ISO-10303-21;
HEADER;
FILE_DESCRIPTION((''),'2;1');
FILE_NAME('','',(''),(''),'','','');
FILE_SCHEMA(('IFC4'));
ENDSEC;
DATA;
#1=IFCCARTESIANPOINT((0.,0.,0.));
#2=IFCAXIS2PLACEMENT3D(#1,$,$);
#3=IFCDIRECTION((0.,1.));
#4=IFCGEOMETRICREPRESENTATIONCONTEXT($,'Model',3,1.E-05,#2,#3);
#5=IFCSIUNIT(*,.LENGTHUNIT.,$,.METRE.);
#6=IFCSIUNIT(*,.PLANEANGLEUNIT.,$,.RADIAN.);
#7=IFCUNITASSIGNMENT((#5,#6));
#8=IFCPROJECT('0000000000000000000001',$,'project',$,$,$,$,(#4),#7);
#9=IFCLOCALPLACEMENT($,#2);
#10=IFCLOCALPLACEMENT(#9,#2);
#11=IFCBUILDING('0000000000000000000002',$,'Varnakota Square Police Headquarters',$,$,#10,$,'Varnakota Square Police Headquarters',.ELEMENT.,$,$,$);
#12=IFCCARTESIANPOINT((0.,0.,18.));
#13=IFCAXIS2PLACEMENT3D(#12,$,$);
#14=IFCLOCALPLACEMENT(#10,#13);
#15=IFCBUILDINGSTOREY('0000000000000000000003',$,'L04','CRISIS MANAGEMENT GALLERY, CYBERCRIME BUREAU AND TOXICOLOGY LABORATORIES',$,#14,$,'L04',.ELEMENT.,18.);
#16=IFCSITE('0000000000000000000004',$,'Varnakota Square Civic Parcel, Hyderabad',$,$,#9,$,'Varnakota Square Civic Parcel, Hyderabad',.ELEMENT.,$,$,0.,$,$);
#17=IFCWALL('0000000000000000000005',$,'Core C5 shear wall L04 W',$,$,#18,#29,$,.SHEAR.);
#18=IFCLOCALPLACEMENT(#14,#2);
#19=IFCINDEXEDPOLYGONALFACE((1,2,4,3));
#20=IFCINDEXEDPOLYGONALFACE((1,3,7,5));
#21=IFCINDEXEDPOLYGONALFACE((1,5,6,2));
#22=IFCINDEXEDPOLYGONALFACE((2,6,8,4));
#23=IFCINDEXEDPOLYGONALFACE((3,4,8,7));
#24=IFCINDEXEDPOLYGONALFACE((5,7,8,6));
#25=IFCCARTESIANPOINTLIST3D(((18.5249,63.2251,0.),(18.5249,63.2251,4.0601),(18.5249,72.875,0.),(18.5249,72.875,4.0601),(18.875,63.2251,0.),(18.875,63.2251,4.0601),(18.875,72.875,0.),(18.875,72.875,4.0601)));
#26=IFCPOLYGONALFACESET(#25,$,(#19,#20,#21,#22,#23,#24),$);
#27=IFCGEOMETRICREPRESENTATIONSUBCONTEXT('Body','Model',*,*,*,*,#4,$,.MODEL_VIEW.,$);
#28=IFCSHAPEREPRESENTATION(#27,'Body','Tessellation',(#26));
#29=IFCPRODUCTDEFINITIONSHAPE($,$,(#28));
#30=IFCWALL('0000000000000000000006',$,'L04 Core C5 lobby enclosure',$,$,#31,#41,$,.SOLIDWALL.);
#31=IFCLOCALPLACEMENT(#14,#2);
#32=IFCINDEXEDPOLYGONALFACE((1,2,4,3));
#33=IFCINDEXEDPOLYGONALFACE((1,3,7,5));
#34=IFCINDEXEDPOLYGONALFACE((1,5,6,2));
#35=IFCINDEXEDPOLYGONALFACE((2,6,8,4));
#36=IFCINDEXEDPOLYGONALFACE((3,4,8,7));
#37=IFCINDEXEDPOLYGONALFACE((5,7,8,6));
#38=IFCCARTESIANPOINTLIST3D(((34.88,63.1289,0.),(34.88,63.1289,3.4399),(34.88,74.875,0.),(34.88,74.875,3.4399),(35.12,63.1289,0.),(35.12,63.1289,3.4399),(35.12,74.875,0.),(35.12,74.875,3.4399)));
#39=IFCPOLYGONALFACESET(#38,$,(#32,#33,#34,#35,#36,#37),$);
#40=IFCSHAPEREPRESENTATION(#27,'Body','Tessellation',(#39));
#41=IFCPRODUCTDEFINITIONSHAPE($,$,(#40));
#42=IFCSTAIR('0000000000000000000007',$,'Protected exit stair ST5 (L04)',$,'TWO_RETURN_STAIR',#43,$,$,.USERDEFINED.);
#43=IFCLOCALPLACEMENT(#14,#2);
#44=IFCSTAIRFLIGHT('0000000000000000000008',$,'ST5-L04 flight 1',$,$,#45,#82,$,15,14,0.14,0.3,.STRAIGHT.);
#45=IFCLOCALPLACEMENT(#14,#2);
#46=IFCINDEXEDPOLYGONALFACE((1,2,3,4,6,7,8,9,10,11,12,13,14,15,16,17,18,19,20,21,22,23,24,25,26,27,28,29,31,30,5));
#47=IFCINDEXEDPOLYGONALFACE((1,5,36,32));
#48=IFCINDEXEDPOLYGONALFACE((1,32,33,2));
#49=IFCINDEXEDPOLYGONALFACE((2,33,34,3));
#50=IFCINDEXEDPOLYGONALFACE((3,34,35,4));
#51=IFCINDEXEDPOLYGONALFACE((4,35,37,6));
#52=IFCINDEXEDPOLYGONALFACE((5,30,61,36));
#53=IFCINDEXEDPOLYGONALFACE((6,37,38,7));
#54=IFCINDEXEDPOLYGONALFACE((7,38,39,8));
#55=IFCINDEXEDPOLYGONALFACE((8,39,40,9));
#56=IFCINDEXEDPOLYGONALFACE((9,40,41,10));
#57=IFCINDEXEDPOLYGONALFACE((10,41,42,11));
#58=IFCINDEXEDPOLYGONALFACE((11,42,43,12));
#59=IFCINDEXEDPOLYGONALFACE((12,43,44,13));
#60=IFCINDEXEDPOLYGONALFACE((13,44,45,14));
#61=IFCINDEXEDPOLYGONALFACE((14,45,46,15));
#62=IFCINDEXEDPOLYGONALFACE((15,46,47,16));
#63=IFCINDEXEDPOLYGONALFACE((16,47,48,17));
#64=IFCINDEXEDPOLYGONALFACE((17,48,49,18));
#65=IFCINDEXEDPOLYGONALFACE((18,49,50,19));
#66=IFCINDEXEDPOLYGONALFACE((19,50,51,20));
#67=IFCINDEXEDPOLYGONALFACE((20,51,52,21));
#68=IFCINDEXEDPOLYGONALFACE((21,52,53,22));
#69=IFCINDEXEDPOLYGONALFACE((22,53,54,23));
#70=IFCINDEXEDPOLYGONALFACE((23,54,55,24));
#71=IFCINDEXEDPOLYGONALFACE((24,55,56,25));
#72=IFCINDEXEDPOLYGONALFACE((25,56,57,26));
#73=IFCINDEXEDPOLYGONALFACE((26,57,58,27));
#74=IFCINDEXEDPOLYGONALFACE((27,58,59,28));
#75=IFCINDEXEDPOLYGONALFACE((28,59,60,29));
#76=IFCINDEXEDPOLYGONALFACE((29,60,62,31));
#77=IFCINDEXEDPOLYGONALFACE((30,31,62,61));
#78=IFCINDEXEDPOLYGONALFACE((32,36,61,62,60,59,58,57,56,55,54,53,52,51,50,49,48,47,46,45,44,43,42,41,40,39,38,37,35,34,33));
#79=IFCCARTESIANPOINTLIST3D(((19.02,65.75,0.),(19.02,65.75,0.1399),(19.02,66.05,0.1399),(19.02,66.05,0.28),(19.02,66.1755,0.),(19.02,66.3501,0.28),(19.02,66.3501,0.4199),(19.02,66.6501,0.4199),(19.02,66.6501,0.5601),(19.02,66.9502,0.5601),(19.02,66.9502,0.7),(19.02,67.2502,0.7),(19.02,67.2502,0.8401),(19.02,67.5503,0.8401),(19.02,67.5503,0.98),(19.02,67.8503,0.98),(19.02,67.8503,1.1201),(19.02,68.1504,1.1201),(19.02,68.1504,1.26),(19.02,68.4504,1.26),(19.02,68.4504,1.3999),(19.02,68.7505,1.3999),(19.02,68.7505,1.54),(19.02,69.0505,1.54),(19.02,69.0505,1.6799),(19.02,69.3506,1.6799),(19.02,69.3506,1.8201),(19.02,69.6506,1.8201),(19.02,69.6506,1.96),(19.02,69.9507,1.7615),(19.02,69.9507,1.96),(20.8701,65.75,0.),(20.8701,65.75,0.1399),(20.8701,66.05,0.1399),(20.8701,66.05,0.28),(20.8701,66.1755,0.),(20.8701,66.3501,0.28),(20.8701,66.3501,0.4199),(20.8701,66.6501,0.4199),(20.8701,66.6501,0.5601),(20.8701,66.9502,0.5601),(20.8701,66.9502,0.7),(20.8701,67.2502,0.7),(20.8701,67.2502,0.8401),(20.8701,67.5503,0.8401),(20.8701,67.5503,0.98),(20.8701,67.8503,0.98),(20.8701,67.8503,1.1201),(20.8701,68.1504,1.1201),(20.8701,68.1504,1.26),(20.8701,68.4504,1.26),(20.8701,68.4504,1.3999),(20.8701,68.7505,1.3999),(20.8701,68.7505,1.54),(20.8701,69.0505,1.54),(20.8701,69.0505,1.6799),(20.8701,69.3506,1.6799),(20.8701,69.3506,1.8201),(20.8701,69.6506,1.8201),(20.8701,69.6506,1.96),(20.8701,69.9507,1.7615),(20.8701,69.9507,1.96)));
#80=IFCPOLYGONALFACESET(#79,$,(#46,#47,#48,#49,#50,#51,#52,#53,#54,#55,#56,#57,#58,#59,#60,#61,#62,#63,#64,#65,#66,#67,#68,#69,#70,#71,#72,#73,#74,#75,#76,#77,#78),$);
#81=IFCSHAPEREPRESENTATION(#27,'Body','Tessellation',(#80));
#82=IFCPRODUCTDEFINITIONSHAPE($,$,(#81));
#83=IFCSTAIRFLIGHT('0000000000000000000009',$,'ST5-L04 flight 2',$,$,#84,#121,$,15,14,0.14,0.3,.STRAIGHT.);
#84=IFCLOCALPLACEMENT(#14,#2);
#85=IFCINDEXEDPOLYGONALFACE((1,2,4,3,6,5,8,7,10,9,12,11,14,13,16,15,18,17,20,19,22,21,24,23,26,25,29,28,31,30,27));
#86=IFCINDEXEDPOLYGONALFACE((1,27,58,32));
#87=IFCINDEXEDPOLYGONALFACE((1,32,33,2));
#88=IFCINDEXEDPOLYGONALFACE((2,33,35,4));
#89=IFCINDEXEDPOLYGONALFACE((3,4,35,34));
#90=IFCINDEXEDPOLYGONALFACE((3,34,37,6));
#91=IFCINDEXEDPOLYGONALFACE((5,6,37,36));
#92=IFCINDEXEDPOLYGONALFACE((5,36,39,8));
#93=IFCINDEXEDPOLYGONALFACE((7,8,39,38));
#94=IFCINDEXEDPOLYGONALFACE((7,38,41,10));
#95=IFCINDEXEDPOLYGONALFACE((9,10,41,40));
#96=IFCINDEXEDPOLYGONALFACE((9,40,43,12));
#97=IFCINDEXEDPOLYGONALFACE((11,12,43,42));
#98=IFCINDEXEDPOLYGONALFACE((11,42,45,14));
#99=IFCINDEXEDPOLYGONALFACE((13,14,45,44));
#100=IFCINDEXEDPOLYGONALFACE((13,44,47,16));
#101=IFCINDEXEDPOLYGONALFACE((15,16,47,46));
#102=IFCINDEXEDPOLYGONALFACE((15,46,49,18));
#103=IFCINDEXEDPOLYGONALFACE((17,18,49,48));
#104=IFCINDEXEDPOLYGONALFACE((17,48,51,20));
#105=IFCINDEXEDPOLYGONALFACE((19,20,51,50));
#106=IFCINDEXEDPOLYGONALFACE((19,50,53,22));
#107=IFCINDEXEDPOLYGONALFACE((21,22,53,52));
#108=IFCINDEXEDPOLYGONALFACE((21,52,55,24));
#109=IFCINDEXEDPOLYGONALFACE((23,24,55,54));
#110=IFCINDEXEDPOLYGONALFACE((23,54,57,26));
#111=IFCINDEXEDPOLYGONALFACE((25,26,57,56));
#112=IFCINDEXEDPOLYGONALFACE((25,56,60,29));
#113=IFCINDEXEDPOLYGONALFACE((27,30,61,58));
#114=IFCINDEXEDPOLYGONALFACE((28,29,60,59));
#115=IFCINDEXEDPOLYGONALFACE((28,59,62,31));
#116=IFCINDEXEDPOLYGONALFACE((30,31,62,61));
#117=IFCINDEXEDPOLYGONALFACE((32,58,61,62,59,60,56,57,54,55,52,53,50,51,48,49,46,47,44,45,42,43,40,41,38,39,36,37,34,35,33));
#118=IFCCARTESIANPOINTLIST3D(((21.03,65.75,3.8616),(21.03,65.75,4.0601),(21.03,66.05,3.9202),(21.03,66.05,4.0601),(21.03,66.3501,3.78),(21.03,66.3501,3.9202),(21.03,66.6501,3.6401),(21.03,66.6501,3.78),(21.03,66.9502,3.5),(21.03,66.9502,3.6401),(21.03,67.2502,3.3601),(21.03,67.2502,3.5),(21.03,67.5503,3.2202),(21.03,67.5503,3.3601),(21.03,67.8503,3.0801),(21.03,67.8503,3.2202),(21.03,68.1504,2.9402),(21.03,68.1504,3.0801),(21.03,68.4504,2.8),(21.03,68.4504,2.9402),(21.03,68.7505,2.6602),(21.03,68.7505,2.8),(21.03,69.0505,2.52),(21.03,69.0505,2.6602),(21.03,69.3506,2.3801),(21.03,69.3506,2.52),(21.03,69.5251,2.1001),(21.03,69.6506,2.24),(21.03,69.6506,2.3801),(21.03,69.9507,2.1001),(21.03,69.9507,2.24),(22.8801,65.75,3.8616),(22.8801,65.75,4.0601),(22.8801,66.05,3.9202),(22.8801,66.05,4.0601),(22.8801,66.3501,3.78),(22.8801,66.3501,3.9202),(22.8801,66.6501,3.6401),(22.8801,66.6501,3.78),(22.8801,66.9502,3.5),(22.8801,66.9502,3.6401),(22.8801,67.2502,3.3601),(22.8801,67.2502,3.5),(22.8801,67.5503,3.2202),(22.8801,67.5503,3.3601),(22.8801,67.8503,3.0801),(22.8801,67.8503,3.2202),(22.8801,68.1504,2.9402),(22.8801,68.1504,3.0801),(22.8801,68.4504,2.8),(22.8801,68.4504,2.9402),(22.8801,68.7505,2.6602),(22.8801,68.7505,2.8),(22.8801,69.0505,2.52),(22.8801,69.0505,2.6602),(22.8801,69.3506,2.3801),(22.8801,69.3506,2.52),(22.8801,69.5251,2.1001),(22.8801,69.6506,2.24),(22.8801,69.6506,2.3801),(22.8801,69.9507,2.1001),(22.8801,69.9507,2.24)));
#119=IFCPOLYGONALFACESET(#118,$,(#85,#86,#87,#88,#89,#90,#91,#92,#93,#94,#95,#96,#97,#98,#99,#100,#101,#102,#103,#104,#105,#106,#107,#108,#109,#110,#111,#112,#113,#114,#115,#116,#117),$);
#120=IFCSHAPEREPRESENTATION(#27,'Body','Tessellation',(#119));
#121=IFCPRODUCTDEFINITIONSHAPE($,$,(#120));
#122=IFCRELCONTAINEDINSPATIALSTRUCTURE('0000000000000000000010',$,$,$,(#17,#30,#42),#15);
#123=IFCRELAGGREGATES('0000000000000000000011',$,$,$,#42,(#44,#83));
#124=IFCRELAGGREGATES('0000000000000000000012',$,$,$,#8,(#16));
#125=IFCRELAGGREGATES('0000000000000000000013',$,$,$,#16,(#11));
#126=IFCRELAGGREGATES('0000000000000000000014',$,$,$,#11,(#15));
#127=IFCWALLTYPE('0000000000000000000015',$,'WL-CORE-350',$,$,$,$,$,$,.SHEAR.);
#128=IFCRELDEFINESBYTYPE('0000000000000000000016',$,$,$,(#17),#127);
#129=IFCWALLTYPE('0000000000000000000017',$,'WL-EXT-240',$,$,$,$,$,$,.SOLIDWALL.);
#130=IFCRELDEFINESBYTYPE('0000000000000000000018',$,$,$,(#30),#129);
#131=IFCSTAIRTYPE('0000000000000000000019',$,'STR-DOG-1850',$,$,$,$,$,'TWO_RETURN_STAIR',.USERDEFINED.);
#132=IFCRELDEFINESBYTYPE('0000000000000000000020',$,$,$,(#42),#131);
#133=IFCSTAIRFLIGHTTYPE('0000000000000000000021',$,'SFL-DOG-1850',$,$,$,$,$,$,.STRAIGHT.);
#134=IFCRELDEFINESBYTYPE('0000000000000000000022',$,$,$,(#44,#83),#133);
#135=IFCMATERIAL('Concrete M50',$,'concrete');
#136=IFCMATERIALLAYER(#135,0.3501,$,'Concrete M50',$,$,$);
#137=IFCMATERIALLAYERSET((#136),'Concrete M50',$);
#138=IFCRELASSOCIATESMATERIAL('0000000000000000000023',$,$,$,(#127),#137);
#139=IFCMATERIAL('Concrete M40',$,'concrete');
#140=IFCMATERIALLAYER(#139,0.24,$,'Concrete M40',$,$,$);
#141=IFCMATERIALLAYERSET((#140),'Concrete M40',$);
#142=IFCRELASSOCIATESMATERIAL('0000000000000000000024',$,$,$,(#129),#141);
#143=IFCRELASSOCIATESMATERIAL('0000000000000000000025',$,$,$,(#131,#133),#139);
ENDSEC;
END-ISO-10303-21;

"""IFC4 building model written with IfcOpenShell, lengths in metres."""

from ifc_helpers import new_model, si_unit, direction, frame, frame_2d, origin, place, context, subcontext, project, spatial, polyline, rectangle, outline, extrude, material, layer, layer_set, type_object, element, aggregate, save


model = new_model("IFC4")

# Units and contexts
model_context = context("Model", 3, precision=1e-05, world=origin(), true_north=direction((0.0, 1.0)))
body_context = subcontext(model_context, "Body", "Model", "MODEL_VIEW")
ifc_project = project(units=[si_unit("LENGTHUNIT", "METRE"), si_unit("PLANEANGLEUNIT", "RADIAN")], contexts=[model_context])

# Site, building, storey
site_placement = place(None, origin())
site = spatial("IfcSite", under=ifc_project, at=site_placement, Name="Varnakota Square Civic Parcel, Hyderabad", LongName="Varnakota Square Civic Parcel, Hyderabad", CompositionType="ELEMENT", RefElevation=0.0)
building_placement = place(site_placement, origin())
building = spatial("IfcBuilding", under=site, at=building_placement, Name="Varnakota Square Police Headquarters", LongName="Varnakota Square Police Headquarters", CompositionType="ELEMENT")
storey_placement = place(building_placement, frame((0.0, 0.0, 18.0)))
storey = spatial("IfcBuildingStorey", under=building, at=storey_placement, Name="L04", Description="CRISIS MANAGEMENT GALLERY, CYBERCRIME BUREAU AND TOXICOLOGY LABORATORIES", LongName="L04", CompositionType="ELEMENT", Elevation=18.0)

# Shared definitions
ifc_material_1 = material(Name="Concrete M40", Category="concrete")

# Shared definitions
ifc_material_2 = material(Name="Concrete M50", Category="concrete")
ifc_layer_1 = layer(ifc_material_2, 0.3501, Name="Concrete M50")
ifc_layer_set_1 = layer_set([ifc_layer_1], Name="Concrete M50")
wall_type_1 = type_object("IfcWallType", Name="WL-CORE-350", PredefinedType="SHEAR", material=ifc_layer_set_1)

# Walls
wall_1_placement = place(storey_placement, frame((18.7, 72.875, 0.0), z_axis=(0.0, 0.0, 1.0), x_axis=(0.0, -1.0, 0.0)))
element("IfcWall", 1, at=wall_1_placement, inside=storey, type_object=wall_type_1, Name="Core C5 shear wall L04 W", PredefinedType="SHEAR", context=body_context, shape_type="SweptSolid", body=[
    extrude(rectangle(XDim=9.6499, YDim=0.3501, at=frame_2d((4.825, 0.0))), origin(), (0.0, 0.0, 1.0), 4.0601),
])
ifc_layer_2 = layer(ifc_material_1, 0.24, Name="Concrete M40")
ifc_layer_set_2 = layer_set([ifc_layer_2], Name="Concrete M40")
wall_type_2 = type_object("IfcWallType", Name="WL-EXT-240", PredefinedType="SOLIDWALL", material=ifc_layer_set_2)
wall_2_placement = place(storey_placement, frame((35.0, 63.1289, 0.0), z_axis=(0.0, 0.0, 1.0), x_axis=(0.0, 1.0, 0.0)))
element("IfcWall", 2, at=wall_2_placement, inside=storey, type_object=wall_type_2, Name="L04 Core C5 lobby enclosure", PredefinedType="SOLIDWALL", context=body_context, shape_type="SweptSolid", body=[
    extrude(rectangle(XDim=11.7461, YDim=0.24, at=frame_2d((5.873, 0.0))), origin(), (0.0, 0.0, 1.0), 3.4399),
])

# Stair, stair flights
stair_type = type_object("IfcStairType", Name="STR-DOG-1850", ElementType="TWO_RETURN_STAIR", PredefinedType="USERDEFINED", material=ifc_material_1)
stair_placement = place(storey_placement, origin())
stair = element("IfcStair", 3, at=stair_placement, inside=storey, type_object=stair_type, Name="Protected exit stair ST5 (L04)", ObjectType="TWO_RETURN_STAIR", PredefinedType="USERDEFINED")
stair_flight_type = type_object("IfcStairFlightType", Name="SFL-DOG-1850", PredefinedType="STRAIGHT", material=ifc_material_1)
stair_flight_1_placement = place(storey_placement, frame((19.9451, 65.75, 0.0), z_axis=(0.0, 0.0, 1.0), x_axis=(0.0, 1.0, 0.0)))
stair_flight_1 = element("IfcStairFlight", 4, at=stair_flight_1_placement, type_object=stair_flight_type, Name="ST5-L04 flight 1", NumberOfRisers=15, NumberOfTreads=14, PredefinedType="STRAIGHT", RiserHeight=0.14, TreadLength=0.3, context=body_context, shape_type="SweptSolid", body=[
    extrude(outline(polyline([(0.0, 0.0), (0.0, 0.1399), (0.3, 0.1399), (0.3, 0.28), (0.6001, 0.28), (0.6001, 0.4199), (0.9001, 0.4199), (0.9001, 0.5601), (1.2002, 0.5601), (1.2002, 0.7), (1.5002, 0.7), (1.5002, 0.8401), (1.8003, 0.8401), (1.8003, 0.98), (2.1003, 0.98), (2.1003, 1.1201), (2.4004, 1.1201), (2.4004, 1.26), (2.7004, 1.26), (2.7004, 1.3999), (3.0005, 1.3999), (3.0005, 1.54), (3.3005, 1.54), (3.3005, 1.6799), (3.6006, 1.6799), (3.6006, 1.8201), (3.9006, 1.8201), (3.9006, 1.96), (4.2007, 1.96), (4.2007, 2.1001), (4.2007, 1.7615), (0.4255, 0.0), (0.0, 0.0)])), frame((0.0, 0.925, 0.0), z_axis=(0.0, -1.0, 0.0), x_axis=(1.0, 0.0, 0.0)), (0.0, 0.0, 1.0), 1.8501),
])
stair_flight_2_placement = place(storey_placement, frame((21.9551, 69.9507, 2.1001), z_axis=(0.0, 0.0, 1.0), x_axis=(0.0, -1.0, 0.0)))
stair_flight_2 = element("IfcStairFlight", 5, at=stair_flight_2_placement, type_object=stair_flight_type, Name="ST5-L04 flight 2", NumberOfRisers=15, NumberOfTreads=14, PredefinedType="STRAIGHT", RiserHeight=0.14, TreadLength=0.3, context=body_context, shape_type="SweptSolid", body=[
    extrude(outline(polyline([(0.0, 0.0), (0.0, 0.1399), (0.3, 0.1399), (0.3, 0.28), (0.6001, 0.28), (0.6001, 0.4199), (0.9001, 0.4199), (0.9001, 0.5601), (1.2002, 0.5601), (1.2002, 0.7), (1.5002, 0.7), (1.5002, 0.8401), (1.8003, 0.8401), (1.8003, 0.98), (2.1003, 0.98), (2.1003, 1.1201), (2.4004, 1.1201), (2.4004, 1.26), (2.7004, 1.26), (2.7004, 1.3999), (3.0005, 1.3999), (3.0005, 1.54), (3.3005, 1.54), (3.3005, 1.6799), (3.6006, 1.6799), (3.6006, 1.8201), (3.9006, 1.8201), (3.9006, 1.96), (4.2007, 1.96), (4.2007, 2.1001), (4.2007, 1.7615), (0.4255, 0.0), (0.0, 0.0)])), frame((0.0, 0.925, 0.0), z_axis=(0.0, -1.0, 0.0), x_axis=(1.0, 0.0, 0.0)), (0.0, 0.0, 1.0), 1.8501),
])
aggregate(stair, [stair_flight_1, stair_flight_2])

save(model, "model.ifc")
